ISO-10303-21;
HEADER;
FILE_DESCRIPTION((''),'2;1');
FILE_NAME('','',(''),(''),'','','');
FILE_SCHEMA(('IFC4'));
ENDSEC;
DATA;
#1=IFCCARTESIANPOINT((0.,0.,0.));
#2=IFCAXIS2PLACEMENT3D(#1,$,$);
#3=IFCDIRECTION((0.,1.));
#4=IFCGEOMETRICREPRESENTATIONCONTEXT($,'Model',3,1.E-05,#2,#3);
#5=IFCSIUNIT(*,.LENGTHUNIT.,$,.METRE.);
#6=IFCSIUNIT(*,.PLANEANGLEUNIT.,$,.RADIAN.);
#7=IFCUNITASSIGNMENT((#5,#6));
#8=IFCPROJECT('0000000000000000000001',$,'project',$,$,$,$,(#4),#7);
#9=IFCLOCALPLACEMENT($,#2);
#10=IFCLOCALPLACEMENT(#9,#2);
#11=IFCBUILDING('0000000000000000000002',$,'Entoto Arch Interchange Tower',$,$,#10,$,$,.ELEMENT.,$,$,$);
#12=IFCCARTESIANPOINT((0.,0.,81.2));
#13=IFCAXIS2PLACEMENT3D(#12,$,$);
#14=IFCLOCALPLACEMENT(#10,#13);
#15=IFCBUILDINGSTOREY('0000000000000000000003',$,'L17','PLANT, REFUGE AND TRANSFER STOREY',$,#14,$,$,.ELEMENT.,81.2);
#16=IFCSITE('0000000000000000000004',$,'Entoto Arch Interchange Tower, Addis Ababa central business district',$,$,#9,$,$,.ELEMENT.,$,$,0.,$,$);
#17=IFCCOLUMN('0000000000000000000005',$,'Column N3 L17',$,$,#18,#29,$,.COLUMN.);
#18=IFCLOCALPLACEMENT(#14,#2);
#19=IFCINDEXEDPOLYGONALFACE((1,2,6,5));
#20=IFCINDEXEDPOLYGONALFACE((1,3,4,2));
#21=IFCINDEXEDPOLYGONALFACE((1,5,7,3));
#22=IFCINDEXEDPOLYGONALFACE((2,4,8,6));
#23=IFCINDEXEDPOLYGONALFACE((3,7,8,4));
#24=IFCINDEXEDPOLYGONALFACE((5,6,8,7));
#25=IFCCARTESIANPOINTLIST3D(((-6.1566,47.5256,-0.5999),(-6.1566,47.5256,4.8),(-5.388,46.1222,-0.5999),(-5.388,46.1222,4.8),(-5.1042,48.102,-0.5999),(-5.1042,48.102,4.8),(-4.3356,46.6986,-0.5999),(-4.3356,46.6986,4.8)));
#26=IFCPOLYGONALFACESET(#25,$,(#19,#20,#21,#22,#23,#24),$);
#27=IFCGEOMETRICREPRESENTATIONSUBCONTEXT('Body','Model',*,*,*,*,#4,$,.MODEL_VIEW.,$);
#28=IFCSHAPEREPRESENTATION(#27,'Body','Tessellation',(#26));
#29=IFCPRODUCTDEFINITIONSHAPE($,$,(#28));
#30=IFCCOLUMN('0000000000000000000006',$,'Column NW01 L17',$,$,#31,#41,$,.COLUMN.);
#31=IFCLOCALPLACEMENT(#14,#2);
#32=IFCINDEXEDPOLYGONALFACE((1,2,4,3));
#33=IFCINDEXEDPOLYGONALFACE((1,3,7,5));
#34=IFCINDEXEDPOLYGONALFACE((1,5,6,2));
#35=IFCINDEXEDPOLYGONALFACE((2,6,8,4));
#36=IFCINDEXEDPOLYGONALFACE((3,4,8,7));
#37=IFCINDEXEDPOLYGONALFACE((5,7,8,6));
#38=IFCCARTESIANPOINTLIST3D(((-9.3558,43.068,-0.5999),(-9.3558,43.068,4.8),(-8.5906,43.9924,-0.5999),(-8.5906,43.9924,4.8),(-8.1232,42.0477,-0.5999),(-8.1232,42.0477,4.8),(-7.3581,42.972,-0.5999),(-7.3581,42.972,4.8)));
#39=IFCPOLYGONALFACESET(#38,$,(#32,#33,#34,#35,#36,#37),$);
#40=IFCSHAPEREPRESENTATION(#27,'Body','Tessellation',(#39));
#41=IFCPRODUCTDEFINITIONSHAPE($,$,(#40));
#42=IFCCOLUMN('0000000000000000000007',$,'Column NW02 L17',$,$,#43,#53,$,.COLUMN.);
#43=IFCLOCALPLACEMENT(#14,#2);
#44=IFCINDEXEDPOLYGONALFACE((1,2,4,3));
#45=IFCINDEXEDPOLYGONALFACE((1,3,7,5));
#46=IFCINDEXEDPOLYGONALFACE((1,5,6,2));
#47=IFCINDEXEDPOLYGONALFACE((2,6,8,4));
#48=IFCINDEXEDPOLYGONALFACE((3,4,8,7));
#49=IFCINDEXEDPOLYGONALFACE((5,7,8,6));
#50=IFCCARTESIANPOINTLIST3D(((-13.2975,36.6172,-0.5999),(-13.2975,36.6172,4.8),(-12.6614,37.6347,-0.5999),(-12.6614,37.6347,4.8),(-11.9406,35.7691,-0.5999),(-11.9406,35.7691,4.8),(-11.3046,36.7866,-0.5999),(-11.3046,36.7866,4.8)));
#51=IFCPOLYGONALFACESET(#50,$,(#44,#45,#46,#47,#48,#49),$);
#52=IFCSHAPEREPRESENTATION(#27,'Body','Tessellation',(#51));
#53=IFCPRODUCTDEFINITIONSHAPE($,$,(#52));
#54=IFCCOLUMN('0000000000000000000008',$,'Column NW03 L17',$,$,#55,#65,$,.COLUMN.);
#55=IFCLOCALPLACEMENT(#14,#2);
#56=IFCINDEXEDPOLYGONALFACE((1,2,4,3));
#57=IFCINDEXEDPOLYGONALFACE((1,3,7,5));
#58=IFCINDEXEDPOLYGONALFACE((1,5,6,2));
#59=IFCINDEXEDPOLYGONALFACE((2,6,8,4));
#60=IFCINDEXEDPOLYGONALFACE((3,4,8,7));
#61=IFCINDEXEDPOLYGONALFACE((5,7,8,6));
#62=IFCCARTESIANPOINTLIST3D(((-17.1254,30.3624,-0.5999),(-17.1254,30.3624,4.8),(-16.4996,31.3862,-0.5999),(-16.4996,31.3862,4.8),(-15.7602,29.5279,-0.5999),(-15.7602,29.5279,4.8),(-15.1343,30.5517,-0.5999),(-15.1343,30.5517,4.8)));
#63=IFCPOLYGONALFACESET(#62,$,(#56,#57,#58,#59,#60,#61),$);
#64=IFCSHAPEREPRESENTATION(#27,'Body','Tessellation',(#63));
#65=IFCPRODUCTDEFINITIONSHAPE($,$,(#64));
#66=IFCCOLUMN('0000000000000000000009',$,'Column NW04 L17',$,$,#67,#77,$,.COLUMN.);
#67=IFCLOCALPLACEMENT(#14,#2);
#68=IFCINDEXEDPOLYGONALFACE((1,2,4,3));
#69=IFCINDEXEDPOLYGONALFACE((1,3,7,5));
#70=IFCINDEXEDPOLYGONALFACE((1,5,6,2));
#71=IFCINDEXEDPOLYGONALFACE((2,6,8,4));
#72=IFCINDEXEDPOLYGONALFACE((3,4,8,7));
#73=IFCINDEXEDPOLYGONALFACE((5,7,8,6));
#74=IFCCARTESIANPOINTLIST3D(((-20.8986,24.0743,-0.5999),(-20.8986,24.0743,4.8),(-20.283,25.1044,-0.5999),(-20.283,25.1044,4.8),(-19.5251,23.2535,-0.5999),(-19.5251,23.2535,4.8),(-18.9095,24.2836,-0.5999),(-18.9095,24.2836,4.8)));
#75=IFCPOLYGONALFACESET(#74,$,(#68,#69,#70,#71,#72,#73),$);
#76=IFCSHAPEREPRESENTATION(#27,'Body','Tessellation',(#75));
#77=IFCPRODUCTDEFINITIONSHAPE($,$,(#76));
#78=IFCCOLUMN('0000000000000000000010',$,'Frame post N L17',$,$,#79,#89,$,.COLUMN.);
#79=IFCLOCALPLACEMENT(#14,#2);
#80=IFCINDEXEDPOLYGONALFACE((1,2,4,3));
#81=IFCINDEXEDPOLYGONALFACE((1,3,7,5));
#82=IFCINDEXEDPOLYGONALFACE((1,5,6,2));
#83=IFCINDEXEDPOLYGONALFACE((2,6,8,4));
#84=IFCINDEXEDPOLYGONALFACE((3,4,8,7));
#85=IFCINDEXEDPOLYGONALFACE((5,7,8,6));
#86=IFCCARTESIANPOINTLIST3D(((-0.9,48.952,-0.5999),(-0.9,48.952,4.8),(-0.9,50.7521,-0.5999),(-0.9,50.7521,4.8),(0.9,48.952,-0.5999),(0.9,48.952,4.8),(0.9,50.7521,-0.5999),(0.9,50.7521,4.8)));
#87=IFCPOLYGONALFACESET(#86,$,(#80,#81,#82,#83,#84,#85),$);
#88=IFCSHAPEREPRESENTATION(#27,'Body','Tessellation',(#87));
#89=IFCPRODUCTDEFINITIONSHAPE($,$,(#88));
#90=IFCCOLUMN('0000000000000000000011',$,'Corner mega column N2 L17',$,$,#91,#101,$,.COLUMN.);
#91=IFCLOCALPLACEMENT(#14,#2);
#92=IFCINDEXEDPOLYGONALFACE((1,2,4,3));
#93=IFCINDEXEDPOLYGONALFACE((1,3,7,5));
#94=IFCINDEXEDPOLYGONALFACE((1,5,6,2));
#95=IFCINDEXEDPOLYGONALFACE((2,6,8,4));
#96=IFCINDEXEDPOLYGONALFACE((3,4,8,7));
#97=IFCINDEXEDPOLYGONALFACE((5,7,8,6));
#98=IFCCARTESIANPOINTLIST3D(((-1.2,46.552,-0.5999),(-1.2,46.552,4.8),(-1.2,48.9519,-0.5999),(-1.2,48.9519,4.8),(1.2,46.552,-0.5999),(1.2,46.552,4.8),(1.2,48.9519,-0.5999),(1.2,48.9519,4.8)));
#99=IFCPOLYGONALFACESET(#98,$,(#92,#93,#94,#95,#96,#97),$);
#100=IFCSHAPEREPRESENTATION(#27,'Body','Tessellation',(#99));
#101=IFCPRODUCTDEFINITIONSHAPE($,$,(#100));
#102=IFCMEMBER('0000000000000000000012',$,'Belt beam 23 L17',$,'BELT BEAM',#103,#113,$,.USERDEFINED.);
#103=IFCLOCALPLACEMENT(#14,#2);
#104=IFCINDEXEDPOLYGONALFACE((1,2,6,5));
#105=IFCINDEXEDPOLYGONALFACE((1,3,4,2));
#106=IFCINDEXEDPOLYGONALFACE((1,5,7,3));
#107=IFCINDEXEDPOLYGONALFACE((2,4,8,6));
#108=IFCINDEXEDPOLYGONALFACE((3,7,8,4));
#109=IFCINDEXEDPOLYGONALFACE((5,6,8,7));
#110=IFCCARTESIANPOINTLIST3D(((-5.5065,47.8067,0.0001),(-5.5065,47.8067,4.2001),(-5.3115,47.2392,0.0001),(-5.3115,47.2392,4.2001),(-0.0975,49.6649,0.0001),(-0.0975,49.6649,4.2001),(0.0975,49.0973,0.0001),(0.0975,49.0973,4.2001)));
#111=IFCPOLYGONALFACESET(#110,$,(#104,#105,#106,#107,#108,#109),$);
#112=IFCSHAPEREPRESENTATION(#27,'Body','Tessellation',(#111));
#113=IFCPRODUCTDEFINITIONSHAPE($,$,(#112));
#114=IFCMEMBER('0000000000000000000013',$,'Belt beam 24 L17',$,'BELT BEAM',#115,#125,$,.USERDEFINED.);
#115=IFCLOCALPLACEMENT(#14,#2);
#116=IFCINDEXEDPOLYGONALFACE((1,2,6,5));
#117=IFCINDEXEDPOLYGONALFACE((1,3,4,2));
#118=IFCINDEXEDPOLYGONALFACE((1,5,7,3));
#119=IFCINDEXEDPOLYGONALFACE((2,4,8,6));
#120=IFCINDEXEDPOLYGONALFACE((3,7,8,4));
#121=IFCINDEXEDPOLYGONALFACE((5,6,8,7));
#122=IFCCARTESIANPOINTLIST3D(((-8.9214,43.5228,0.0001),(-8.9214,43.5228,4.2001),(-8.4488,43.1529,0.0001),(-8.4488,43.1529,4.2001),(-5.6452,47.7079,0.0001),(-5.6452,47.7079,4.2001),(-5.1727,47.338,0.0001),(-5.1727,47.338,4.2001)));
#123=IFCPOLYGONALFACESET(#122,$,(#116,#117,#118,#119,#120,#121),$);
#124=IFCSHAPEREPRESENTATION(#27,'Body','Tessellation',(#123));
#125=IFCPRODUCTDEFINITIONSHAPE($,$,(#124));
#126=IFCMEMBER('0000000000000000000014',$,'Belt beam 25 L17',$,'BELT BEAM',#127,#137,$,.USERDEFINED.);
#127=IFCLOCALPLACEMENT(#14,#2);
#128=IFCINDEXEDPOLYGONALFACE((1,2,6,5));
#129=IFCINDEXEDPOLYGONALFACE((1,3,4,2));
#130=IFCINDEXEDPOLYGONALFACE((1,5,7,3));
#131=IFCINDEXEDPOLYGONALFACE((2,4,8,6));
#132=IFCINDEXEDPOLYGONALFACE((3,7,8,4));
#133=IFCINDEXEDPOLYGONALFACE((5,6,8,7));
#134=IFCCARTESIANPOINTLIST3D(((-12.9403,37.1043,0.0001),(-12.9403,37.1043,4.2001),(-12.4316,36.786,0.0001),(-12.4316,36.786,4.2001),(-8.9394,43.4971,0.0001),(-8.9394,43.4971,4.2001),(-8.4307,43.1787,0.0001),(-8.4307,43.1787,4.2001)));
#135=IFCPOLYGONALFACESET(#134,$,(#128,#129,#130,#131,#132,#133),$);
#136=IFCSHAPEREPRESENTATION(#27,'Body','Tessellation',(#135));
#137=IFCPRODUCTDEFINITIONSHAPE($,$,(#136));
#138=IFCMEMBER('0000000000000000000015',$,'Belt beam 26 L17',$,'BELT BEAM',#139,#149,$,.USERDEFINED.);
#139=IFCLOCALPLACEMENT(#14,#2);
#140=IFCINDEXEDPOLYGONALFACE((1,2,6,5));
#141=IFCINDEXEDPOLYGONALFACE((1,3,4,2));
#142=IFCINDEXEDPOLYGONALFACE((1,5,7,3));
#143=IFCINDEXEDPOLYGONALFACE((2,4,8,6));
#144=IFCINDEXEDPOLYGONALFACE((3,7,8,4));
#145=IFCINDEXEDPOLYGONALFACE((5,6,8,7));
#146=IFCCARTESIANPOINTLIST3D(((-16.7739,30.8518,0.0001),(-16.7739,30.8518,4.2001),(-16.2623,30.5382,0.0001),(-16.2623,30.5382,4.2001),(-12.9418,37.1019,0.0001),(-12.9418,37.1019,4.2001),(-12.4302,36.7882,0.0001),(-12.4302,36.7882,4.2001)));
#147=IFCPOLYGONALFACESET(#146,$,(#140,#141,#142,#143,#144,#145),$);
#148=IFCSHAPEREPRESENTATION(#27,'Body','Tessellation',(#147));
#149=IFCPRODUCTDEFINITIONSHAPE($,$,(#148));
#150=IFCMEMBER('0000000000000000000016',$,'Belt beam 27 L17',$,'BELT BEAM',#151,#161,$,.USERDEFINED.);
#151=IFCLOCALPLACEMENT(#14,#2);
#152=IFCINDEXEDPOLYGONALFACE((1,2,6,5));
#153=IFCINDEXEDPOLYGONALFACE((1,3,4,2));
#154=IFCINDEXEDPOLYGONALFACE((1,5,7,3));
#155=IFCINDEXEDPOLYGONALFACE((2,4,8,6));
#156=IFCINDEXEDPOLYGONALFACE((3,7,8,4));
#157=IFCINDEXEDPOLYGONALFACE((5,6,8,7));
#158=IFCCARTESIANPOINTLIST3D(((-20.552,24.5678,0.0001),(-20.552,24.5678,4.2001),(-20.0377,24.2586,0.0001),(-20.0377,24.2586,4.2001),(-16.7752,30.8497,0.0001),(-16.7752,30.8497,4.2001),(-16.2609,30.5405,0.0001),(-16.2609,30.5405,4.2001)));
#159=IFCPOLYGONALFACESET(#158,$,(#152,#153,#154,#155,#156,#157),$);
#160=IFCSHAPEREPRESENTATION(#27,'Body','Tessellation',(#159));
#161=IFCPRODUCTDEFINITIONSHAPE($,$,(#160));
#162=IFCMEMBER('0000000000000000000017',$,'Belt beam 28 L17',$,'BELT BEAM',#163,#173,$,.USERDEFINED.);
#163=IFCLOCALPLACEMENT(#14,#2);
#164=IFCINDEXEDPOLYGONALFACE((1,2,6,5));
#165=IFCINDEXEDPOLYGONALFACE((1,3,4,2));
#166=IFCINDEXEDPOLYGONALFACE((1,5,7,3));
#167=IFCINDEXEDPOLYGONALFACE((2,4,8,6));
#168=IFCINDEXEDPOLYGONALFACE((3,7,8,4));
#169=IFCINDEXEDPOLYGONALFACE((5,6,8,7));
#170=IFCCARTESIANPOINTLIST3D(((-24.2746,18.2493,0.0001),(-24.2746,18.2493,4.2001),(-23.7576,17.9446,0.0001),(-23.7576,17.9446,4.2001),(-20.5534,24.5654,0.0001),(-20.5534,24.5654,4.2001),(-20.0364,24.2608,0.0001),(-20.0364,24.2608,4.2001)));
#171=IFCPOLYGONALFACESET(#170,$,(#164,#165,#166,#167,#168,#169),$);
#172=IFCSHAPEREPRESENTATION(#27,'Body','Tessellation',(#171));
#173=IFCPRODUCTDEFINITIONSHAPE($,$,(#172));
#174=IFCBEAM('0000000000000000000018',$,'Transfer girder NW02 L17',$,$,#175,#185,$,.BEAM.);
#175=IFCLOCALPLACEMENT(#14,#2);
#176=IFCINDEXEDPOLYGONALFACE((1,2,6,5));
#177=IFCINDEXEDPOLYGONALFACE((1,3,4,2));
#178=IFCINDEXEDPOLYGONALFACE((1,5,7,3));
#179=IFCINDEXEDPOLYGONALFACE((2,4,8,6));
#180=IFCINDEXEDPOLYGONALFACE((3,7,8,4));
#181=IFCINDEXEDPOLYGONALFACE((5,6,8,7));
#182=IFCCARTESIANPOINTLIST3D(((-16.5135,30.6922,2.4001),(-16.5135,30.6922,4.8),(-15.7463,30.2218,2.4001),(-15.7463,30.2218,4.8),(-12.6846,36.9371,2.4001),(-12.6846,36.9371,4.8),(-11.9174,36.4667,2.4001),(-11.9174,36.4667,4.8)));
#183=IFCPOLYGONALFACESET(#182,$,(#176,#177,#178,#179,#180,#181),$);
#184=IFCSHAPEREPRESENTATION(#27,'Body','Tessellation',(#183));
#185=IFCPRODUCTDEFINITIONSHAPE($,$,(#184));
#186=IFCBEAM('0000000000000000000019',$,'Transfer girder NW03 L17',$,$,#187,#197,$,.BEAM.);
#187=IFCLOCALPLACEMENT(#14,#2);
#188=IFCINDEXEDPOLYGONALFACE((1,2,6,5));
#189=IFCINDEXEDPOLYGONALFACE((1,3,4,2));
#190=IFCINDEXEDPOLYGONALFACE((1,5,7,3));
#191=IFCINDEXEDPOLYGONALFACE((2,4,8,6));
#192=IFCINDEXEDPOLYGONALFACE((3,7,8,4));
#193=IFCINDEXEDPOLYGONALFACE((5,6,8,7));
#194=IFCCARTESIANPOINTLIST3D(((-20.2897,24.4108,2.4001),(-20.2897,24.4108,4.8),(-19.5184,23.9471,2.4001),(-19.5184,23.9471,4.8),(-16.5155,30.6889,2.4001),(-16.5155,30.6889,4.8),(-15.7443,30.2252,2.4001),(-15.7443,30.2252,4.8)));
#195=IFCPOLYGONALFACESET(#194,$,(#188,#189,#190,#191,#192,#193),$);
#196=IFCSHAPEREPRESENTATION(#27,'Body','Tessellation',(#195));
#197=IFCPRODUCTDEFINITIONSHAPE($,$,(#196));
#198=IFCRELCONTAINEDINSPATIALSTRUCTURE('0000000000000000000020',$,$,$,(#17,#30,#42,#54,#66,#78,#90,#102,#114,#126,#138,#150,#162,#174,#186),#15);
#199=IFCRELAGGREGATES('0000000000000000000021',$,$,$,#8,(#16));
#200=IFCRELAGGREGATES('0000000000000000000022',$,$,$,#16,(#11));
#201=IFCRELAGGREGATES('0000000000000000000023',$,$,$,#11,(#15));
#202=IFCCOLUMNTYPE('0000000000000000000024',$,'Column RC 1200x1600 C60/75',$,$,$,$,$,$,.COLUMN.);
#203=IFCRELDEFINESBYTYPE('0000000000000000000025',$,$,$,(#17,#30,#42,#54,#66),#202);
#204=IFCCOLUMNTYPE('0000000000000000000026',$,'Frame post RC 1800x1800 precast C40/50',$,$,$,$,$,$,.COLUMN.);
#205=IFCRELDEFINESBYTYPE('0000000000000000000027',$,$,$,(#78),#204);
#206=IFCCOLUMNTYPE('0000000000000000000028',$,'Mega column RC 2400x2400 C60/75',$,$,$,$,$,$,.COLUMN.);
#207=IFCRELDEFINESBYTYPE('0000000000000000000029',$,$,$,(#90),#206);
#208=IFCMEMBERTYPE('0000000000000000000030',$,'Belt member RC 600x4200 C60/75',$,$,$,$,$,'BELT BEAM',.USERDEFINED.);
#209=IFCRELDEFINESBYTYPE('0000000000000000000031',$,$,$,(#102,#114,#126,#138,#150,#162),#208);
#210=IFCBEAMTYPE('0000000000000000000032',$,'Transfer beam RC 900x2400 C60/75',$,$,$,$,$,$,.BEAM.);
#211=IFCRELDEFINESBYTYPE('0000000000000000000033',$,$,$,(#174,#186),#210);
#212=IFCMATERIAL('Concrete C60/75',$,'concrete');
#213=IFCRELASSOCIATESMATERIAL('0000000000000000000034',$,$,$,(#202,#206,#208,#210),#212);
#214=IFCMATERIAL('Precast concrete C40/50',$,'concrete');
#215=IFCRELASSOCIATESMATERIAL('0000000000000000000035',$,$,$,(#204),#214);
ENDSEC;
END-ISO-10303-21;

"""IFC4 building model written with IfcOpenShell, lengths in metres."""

from ifc_helpers import new_model, si_unit, direction, frame, origin, origin_2d, place, context, subcontext, project, spatial, rectangle, extrude, material, material_profile, profile_set, type_object, element, save


model = new_model("IFC4")

# Units and contexts
model_context = context("Model", 3, precision=1e-05, world=origin(), true_north=direction((0.0, 1.0)))
body_context = subcontext(model_context, "Body", "Model", "MODEL_VIEW")
ifc_project = project(units=[si_unit("LENGTHUNIT", "METRE"), si_unit("PLANEANGLEUNIT", "RADIAN")], contexts=[model_context])

# Site, building, storey
site_placement = place(None, origin())
site = spatial("IfcSite", under=ifc_project, at=site_placement, Name="Entoto Arch Interchange Tower, Addis Ababa central business district", CompositionType="ELEMENT", RefElevation=0.0)
building_placement = place(site_placement, origin())
building = spatial("IfcBuilding", under=site, at=building_placement, Name="Entoto Arch Interchange Tower", CompositionType="ELEMENT")
storey_placement = place(building_placement, frame((0.0, 0.0, 81.2)))
storey = spatial("IfcBuildingStorey", under=building, at=storey_placement, Name="L17", Description="PLANT, REFUGE AND TRANSFER STOREY", CompositionType="ELEMENT", Elevation=81.2)

# Columns
ifc_material_1 = material(Name="Concrete C60/75", Category="concrete")
ifc_material_profile_1 = material_profile(ifc_material_1, rectangle(XDim=1.2, YDim=1.6001, at=origin_2d()))
ifc_profile_set_1 = profile_set([ifc_material_profile_1], Name="Concrete C60/75")
column_type_1 = type_object("IfcColumnType", Name="Column RC 1200x1600 C60/75", PredefinedType="COLUMN", material=ifc_profile_set_1)
for number, where, z_axis, x_axis, name in (
    (1, (-5.2461, 47.1121, -0.5999), (0.0, 0.0, 1.0), (0.877079, 0.480346, 0.0), "Column N3 L17"),
    (2, (-8.3569, 43.02, -0.5999), (0.0, 0.0, 1.0), (0.637666, 0.770313, 0.0), "Column NW01 L17"),
    (3, (-12.301, 36.7019, -0.5999), (0.0, 0.0, 1.0), (0.530067, 0.847956, 0.0), "Column NW02 L17"),
    (4, (-16.1299, 30.457, -0.5999), (0.0, 0.0, 1.0), (0.521546, 0.853223, 0.0), "Column NW03 L17"),
    (5, (-19.9041, 24.179, -0.5999), (0.0, 0.0, 1.0), (0.512972, 0.858405, 0.0), "Column NW04 L17"),
):
    element("IfcColumn", number, at=place(storey_placement, frame(where, z_axis=z_axis, x_axis=x_axis)), inside=storey, type_object=column_type_1, Name=name, PredefinedType="COLUMN", context=body_context, shape_type="SweptSolid", body=[
        extrude(rectangle(XDim=1.2, YDim=1.6001, at=origin_2d()), origin(), (0.0, 0.0, 1.0), 5.3999),
    ])
ifc_material_2 = material(Name="Precast concrete C40/50", Category="concrete")
ifc_material_profile_2 = material_profile(ifc_material_2, rectangle(XDim=1.8, YDim=1.8, at=origin_2d()))
ifc_profile_set_2 = profile_set([ifc_material_profile_2], Name="Precast concrete C40/50")
column_type_2 = type_object("IfcColumnType", Name="Frame post RC 1800x1800 precast C40/50", PredefinedType="COLUMN", material=ifc_profile_set_2)
column_1_placement = place(storey_placement, frame((0.0, 49.8521, -0.5999), z_axis=(0.0, 0.0, 1.0), x_axis=(0.0, 1.0, 0.0)))
element("IfcColumn", 6, at=column_1_placement, inside=storey, type_object=column_type_2, Name="Frame post N L17", PredefinedType="COLUMN", context=body_context, shape_type="SweptSolid", body=[
    extrude(rectangle(XDim=1.8, YDim=1.8, at=origin_2d()), origin(), (0.0, 0.0, 1.0), 5.3999),
])
ifc_material_profile_3 = material_profile(ifc_material_1, rectangle(XDim=2.3999, YDim=2.3999, at=origin_2d()))
ifc_profile_set_3 = profile_set([ifc_material_profile_3], Name="Concrete C60/75")
column_type_3 = type_object("IfcColumnType", Name="Mega column RC 2400x2400 C60/75", PredefinedType="COLUMN", material=ifc_profile_set_3)
column_2_placement = place(storey_placement, frame((0.0, 47.752, -0.5999), z_axis=(0.0, 0.0, 1.0), x_axis=(0.0, 1.0, 0.0)))
element("IfcColumn", 7, at=column_2_placement, inside=storey, type_object=column_type_3, Name="Corner mega column N2 L17", PredefinedType="COLUMN", context=body_context, shape_type="SweptSolid", body=[
    extrude(rectangle(XDim=2.3999, YDim=2.3999, at=origin_2d()), origin(), (0.0, 0.0, 1.0), 5.3999),
])

# Members
ifc_material_profile_4 = material_profile(ifc_material_1, rectangle(XDim=0.6001, YDim=4.2, at=origin_2d()))
ifc_profile_set_4 = profile_set([ifc_material_profile_4], Name="Concrete C60/75")
member_type = type_object("IfcMemberType", Name="Belt member RC 600x4200 C60/75", ElementType="BELT BEAM", PredefinedType="USERDEFINED", material=ifc_profile_set_4)
member_1_placement = place(storey_placement, frame((0.0, 49.3811, 2.1001), z_axis=(-0.945749, -0.324897, 0.0), x_axis=(0.324897, -0.945749, 0.0)))
element("IfcMember", 8, at=member_1_placement, inside=storey, type_object=member_type, Name="Belt beam 23 L17", ObjectType="BELT BEAM", PredefinedType="USERDEFINED", context=body_context, shape_type="SweptSolid", body=[
    extrude(rectangle(XDim=0.6001, YDim=4.2, at=origin_2d()), origin(), (0.0, 0.0, 1.0), 5.7192),
])
member_2_placement = place(storey_placement, frame((-5.4089, 47.5229, 2.1001), z_axis=(-0.616409, -0.787426, 0.0), x_axis=(0.787426, -0.616409, 0.0)))
element("IfcMember", 9, at=member_2_placement, inside=storey, type_object=member_type, Name="Belt beam 24 L17", ObjectType="BELT BEAM", PredefinedType="USERDEFINED", context=body_context, shape_type="SweptSolid", body=[
    extrude(rectangle(XDim=0.6001, YDim=4.2, at=origin_2d()), origin(), (0.0, 0.0, 1.0), 5.3149),
])
member_3_placement = place(storey_placement, frame((-8.6851, 43.3379, 2.1001), z_axis=(-0.53052, -0.847673, 0.0), x_axis=(0.847673, -0.53052, 0.0)))
element("IfcMember", 10, at=member_3_placement, inside=storey, type_object=member_type, Name="Belt beam 25 L17", ObjectType="BELT BEAM", PredefinedType="USERDEFINED", context=body_context, shape_type="SweptSolid", body=[
    extrude(rectangle(XDim=0.6001, YDim=4.2, at=origin_2d()), origin(), (0.0, 0.0, 1.0), 7.5415),
])
member_4_placement = place(storey_placement, frame((-12.686, 36.9451, 2.1001), z_axis=(-0.522699, -0.852517, 0.0), x_axis=(0.852517, -0.522699, 0.0)))
element("IfcMember", 11, at=member_4_placement, inside=storey, type_object=member_type, Name="Belt beam 26 L17", ObjectType="BELT BEAM", PredefinedType="USERDEFINED", context=body_context, shape_type="SweptSolid", body=[
    extrude(rectangle(XDim=0.6001, YDim=4.2, at=origin_2d()), origin(), (0.0, 0.0, 1.0), 7.3313),
])
member_5_placement = place(storey_placement, frame((-16.5181, 30.6951, 2.1001), z_axis=(-0.515265, -0.857031, 0.0), x_axis=(0.857031, -0.515265, 0.0)))
element("IfcMember", 12, at=member_5_placement, inside=storey, type_object=member_type, Name="Belt beam 27 L17", ObjectType="BELT BEAM", PredefinedType="USERDEFINED", context=body_context, shape_type="SweptSolid", body=[
    extrude(rectangle(XDim=0.6001, YDim=4.2, at=origin_2d()), origin(), (0.0, 0.0, 1.0), 7.3298),
])
member_6_placement = place(storey_placement, frame((-20.2949, 24.4131, 2.1001), z_axis=(-0.507608, -0.861588, 0.0), x_axis=(0.861588, -0.507608, 0.0)))
element("IfcMember", 13, at=member_6_placement, inside=storey, type_object=member_type, Name="Belt beam 28 L17", ObjectType="BELT BEAM", PredefinedType="USERDEFINED", context=body_context, shape_type="SweptSolid", body=[
    extrude(rectangle(XDim=0.6001, YDim=4.2, at=origin_2d()), origin(), (0.0, 0.0, 1.0), 7.3308),
])

# Beams
ifc_material_profile_5 = material_profile(ifc_material_1, rectangle(XDim=0.8999, YDim=2.3999, at=origin_2d()))
ifc_profile_set_5 = profile_set([ifc_material_profile_5], Name="Concrete C60/75")
beam_type_1 = type_object("IfcBeamType", Name="Transfer beam RC 900x2400 C60/75", PredefinedType="BEAM", material=ifc_profile_set_5)
for number, where, z_axis, x_axis, name in (
    (14, (-12.301, 36.7019, 3.6001), (-0.522696, -0.852519, 0.0), (0.852519, -0.522696, 0.0), "Transfer girder NW02 L17"),
    (15, (-16.1299, 30.457, 3.6001), (-0.515231, -0.857051, 0.0), (0.857051, -0.515231, 0.0), "Transfer girder NW03 L17"),
):
    element("IfcBeam", number, at=place(storey_placement, frame(where, z_axis=z_axis, x_axis=x_axis)), inside=storey, type_object=beam_type_1, Name=name, PredefinedType="BEAM", context=body_context, shape_type="SweptSolid", body=[
        extrude(rectangle(XDim=0.8999, YDim=2.3999, at=origin_2d()), origin(), (0.0, 0.0, 1.0), 7.3252),
    ])

save(model, "model.ifc")
